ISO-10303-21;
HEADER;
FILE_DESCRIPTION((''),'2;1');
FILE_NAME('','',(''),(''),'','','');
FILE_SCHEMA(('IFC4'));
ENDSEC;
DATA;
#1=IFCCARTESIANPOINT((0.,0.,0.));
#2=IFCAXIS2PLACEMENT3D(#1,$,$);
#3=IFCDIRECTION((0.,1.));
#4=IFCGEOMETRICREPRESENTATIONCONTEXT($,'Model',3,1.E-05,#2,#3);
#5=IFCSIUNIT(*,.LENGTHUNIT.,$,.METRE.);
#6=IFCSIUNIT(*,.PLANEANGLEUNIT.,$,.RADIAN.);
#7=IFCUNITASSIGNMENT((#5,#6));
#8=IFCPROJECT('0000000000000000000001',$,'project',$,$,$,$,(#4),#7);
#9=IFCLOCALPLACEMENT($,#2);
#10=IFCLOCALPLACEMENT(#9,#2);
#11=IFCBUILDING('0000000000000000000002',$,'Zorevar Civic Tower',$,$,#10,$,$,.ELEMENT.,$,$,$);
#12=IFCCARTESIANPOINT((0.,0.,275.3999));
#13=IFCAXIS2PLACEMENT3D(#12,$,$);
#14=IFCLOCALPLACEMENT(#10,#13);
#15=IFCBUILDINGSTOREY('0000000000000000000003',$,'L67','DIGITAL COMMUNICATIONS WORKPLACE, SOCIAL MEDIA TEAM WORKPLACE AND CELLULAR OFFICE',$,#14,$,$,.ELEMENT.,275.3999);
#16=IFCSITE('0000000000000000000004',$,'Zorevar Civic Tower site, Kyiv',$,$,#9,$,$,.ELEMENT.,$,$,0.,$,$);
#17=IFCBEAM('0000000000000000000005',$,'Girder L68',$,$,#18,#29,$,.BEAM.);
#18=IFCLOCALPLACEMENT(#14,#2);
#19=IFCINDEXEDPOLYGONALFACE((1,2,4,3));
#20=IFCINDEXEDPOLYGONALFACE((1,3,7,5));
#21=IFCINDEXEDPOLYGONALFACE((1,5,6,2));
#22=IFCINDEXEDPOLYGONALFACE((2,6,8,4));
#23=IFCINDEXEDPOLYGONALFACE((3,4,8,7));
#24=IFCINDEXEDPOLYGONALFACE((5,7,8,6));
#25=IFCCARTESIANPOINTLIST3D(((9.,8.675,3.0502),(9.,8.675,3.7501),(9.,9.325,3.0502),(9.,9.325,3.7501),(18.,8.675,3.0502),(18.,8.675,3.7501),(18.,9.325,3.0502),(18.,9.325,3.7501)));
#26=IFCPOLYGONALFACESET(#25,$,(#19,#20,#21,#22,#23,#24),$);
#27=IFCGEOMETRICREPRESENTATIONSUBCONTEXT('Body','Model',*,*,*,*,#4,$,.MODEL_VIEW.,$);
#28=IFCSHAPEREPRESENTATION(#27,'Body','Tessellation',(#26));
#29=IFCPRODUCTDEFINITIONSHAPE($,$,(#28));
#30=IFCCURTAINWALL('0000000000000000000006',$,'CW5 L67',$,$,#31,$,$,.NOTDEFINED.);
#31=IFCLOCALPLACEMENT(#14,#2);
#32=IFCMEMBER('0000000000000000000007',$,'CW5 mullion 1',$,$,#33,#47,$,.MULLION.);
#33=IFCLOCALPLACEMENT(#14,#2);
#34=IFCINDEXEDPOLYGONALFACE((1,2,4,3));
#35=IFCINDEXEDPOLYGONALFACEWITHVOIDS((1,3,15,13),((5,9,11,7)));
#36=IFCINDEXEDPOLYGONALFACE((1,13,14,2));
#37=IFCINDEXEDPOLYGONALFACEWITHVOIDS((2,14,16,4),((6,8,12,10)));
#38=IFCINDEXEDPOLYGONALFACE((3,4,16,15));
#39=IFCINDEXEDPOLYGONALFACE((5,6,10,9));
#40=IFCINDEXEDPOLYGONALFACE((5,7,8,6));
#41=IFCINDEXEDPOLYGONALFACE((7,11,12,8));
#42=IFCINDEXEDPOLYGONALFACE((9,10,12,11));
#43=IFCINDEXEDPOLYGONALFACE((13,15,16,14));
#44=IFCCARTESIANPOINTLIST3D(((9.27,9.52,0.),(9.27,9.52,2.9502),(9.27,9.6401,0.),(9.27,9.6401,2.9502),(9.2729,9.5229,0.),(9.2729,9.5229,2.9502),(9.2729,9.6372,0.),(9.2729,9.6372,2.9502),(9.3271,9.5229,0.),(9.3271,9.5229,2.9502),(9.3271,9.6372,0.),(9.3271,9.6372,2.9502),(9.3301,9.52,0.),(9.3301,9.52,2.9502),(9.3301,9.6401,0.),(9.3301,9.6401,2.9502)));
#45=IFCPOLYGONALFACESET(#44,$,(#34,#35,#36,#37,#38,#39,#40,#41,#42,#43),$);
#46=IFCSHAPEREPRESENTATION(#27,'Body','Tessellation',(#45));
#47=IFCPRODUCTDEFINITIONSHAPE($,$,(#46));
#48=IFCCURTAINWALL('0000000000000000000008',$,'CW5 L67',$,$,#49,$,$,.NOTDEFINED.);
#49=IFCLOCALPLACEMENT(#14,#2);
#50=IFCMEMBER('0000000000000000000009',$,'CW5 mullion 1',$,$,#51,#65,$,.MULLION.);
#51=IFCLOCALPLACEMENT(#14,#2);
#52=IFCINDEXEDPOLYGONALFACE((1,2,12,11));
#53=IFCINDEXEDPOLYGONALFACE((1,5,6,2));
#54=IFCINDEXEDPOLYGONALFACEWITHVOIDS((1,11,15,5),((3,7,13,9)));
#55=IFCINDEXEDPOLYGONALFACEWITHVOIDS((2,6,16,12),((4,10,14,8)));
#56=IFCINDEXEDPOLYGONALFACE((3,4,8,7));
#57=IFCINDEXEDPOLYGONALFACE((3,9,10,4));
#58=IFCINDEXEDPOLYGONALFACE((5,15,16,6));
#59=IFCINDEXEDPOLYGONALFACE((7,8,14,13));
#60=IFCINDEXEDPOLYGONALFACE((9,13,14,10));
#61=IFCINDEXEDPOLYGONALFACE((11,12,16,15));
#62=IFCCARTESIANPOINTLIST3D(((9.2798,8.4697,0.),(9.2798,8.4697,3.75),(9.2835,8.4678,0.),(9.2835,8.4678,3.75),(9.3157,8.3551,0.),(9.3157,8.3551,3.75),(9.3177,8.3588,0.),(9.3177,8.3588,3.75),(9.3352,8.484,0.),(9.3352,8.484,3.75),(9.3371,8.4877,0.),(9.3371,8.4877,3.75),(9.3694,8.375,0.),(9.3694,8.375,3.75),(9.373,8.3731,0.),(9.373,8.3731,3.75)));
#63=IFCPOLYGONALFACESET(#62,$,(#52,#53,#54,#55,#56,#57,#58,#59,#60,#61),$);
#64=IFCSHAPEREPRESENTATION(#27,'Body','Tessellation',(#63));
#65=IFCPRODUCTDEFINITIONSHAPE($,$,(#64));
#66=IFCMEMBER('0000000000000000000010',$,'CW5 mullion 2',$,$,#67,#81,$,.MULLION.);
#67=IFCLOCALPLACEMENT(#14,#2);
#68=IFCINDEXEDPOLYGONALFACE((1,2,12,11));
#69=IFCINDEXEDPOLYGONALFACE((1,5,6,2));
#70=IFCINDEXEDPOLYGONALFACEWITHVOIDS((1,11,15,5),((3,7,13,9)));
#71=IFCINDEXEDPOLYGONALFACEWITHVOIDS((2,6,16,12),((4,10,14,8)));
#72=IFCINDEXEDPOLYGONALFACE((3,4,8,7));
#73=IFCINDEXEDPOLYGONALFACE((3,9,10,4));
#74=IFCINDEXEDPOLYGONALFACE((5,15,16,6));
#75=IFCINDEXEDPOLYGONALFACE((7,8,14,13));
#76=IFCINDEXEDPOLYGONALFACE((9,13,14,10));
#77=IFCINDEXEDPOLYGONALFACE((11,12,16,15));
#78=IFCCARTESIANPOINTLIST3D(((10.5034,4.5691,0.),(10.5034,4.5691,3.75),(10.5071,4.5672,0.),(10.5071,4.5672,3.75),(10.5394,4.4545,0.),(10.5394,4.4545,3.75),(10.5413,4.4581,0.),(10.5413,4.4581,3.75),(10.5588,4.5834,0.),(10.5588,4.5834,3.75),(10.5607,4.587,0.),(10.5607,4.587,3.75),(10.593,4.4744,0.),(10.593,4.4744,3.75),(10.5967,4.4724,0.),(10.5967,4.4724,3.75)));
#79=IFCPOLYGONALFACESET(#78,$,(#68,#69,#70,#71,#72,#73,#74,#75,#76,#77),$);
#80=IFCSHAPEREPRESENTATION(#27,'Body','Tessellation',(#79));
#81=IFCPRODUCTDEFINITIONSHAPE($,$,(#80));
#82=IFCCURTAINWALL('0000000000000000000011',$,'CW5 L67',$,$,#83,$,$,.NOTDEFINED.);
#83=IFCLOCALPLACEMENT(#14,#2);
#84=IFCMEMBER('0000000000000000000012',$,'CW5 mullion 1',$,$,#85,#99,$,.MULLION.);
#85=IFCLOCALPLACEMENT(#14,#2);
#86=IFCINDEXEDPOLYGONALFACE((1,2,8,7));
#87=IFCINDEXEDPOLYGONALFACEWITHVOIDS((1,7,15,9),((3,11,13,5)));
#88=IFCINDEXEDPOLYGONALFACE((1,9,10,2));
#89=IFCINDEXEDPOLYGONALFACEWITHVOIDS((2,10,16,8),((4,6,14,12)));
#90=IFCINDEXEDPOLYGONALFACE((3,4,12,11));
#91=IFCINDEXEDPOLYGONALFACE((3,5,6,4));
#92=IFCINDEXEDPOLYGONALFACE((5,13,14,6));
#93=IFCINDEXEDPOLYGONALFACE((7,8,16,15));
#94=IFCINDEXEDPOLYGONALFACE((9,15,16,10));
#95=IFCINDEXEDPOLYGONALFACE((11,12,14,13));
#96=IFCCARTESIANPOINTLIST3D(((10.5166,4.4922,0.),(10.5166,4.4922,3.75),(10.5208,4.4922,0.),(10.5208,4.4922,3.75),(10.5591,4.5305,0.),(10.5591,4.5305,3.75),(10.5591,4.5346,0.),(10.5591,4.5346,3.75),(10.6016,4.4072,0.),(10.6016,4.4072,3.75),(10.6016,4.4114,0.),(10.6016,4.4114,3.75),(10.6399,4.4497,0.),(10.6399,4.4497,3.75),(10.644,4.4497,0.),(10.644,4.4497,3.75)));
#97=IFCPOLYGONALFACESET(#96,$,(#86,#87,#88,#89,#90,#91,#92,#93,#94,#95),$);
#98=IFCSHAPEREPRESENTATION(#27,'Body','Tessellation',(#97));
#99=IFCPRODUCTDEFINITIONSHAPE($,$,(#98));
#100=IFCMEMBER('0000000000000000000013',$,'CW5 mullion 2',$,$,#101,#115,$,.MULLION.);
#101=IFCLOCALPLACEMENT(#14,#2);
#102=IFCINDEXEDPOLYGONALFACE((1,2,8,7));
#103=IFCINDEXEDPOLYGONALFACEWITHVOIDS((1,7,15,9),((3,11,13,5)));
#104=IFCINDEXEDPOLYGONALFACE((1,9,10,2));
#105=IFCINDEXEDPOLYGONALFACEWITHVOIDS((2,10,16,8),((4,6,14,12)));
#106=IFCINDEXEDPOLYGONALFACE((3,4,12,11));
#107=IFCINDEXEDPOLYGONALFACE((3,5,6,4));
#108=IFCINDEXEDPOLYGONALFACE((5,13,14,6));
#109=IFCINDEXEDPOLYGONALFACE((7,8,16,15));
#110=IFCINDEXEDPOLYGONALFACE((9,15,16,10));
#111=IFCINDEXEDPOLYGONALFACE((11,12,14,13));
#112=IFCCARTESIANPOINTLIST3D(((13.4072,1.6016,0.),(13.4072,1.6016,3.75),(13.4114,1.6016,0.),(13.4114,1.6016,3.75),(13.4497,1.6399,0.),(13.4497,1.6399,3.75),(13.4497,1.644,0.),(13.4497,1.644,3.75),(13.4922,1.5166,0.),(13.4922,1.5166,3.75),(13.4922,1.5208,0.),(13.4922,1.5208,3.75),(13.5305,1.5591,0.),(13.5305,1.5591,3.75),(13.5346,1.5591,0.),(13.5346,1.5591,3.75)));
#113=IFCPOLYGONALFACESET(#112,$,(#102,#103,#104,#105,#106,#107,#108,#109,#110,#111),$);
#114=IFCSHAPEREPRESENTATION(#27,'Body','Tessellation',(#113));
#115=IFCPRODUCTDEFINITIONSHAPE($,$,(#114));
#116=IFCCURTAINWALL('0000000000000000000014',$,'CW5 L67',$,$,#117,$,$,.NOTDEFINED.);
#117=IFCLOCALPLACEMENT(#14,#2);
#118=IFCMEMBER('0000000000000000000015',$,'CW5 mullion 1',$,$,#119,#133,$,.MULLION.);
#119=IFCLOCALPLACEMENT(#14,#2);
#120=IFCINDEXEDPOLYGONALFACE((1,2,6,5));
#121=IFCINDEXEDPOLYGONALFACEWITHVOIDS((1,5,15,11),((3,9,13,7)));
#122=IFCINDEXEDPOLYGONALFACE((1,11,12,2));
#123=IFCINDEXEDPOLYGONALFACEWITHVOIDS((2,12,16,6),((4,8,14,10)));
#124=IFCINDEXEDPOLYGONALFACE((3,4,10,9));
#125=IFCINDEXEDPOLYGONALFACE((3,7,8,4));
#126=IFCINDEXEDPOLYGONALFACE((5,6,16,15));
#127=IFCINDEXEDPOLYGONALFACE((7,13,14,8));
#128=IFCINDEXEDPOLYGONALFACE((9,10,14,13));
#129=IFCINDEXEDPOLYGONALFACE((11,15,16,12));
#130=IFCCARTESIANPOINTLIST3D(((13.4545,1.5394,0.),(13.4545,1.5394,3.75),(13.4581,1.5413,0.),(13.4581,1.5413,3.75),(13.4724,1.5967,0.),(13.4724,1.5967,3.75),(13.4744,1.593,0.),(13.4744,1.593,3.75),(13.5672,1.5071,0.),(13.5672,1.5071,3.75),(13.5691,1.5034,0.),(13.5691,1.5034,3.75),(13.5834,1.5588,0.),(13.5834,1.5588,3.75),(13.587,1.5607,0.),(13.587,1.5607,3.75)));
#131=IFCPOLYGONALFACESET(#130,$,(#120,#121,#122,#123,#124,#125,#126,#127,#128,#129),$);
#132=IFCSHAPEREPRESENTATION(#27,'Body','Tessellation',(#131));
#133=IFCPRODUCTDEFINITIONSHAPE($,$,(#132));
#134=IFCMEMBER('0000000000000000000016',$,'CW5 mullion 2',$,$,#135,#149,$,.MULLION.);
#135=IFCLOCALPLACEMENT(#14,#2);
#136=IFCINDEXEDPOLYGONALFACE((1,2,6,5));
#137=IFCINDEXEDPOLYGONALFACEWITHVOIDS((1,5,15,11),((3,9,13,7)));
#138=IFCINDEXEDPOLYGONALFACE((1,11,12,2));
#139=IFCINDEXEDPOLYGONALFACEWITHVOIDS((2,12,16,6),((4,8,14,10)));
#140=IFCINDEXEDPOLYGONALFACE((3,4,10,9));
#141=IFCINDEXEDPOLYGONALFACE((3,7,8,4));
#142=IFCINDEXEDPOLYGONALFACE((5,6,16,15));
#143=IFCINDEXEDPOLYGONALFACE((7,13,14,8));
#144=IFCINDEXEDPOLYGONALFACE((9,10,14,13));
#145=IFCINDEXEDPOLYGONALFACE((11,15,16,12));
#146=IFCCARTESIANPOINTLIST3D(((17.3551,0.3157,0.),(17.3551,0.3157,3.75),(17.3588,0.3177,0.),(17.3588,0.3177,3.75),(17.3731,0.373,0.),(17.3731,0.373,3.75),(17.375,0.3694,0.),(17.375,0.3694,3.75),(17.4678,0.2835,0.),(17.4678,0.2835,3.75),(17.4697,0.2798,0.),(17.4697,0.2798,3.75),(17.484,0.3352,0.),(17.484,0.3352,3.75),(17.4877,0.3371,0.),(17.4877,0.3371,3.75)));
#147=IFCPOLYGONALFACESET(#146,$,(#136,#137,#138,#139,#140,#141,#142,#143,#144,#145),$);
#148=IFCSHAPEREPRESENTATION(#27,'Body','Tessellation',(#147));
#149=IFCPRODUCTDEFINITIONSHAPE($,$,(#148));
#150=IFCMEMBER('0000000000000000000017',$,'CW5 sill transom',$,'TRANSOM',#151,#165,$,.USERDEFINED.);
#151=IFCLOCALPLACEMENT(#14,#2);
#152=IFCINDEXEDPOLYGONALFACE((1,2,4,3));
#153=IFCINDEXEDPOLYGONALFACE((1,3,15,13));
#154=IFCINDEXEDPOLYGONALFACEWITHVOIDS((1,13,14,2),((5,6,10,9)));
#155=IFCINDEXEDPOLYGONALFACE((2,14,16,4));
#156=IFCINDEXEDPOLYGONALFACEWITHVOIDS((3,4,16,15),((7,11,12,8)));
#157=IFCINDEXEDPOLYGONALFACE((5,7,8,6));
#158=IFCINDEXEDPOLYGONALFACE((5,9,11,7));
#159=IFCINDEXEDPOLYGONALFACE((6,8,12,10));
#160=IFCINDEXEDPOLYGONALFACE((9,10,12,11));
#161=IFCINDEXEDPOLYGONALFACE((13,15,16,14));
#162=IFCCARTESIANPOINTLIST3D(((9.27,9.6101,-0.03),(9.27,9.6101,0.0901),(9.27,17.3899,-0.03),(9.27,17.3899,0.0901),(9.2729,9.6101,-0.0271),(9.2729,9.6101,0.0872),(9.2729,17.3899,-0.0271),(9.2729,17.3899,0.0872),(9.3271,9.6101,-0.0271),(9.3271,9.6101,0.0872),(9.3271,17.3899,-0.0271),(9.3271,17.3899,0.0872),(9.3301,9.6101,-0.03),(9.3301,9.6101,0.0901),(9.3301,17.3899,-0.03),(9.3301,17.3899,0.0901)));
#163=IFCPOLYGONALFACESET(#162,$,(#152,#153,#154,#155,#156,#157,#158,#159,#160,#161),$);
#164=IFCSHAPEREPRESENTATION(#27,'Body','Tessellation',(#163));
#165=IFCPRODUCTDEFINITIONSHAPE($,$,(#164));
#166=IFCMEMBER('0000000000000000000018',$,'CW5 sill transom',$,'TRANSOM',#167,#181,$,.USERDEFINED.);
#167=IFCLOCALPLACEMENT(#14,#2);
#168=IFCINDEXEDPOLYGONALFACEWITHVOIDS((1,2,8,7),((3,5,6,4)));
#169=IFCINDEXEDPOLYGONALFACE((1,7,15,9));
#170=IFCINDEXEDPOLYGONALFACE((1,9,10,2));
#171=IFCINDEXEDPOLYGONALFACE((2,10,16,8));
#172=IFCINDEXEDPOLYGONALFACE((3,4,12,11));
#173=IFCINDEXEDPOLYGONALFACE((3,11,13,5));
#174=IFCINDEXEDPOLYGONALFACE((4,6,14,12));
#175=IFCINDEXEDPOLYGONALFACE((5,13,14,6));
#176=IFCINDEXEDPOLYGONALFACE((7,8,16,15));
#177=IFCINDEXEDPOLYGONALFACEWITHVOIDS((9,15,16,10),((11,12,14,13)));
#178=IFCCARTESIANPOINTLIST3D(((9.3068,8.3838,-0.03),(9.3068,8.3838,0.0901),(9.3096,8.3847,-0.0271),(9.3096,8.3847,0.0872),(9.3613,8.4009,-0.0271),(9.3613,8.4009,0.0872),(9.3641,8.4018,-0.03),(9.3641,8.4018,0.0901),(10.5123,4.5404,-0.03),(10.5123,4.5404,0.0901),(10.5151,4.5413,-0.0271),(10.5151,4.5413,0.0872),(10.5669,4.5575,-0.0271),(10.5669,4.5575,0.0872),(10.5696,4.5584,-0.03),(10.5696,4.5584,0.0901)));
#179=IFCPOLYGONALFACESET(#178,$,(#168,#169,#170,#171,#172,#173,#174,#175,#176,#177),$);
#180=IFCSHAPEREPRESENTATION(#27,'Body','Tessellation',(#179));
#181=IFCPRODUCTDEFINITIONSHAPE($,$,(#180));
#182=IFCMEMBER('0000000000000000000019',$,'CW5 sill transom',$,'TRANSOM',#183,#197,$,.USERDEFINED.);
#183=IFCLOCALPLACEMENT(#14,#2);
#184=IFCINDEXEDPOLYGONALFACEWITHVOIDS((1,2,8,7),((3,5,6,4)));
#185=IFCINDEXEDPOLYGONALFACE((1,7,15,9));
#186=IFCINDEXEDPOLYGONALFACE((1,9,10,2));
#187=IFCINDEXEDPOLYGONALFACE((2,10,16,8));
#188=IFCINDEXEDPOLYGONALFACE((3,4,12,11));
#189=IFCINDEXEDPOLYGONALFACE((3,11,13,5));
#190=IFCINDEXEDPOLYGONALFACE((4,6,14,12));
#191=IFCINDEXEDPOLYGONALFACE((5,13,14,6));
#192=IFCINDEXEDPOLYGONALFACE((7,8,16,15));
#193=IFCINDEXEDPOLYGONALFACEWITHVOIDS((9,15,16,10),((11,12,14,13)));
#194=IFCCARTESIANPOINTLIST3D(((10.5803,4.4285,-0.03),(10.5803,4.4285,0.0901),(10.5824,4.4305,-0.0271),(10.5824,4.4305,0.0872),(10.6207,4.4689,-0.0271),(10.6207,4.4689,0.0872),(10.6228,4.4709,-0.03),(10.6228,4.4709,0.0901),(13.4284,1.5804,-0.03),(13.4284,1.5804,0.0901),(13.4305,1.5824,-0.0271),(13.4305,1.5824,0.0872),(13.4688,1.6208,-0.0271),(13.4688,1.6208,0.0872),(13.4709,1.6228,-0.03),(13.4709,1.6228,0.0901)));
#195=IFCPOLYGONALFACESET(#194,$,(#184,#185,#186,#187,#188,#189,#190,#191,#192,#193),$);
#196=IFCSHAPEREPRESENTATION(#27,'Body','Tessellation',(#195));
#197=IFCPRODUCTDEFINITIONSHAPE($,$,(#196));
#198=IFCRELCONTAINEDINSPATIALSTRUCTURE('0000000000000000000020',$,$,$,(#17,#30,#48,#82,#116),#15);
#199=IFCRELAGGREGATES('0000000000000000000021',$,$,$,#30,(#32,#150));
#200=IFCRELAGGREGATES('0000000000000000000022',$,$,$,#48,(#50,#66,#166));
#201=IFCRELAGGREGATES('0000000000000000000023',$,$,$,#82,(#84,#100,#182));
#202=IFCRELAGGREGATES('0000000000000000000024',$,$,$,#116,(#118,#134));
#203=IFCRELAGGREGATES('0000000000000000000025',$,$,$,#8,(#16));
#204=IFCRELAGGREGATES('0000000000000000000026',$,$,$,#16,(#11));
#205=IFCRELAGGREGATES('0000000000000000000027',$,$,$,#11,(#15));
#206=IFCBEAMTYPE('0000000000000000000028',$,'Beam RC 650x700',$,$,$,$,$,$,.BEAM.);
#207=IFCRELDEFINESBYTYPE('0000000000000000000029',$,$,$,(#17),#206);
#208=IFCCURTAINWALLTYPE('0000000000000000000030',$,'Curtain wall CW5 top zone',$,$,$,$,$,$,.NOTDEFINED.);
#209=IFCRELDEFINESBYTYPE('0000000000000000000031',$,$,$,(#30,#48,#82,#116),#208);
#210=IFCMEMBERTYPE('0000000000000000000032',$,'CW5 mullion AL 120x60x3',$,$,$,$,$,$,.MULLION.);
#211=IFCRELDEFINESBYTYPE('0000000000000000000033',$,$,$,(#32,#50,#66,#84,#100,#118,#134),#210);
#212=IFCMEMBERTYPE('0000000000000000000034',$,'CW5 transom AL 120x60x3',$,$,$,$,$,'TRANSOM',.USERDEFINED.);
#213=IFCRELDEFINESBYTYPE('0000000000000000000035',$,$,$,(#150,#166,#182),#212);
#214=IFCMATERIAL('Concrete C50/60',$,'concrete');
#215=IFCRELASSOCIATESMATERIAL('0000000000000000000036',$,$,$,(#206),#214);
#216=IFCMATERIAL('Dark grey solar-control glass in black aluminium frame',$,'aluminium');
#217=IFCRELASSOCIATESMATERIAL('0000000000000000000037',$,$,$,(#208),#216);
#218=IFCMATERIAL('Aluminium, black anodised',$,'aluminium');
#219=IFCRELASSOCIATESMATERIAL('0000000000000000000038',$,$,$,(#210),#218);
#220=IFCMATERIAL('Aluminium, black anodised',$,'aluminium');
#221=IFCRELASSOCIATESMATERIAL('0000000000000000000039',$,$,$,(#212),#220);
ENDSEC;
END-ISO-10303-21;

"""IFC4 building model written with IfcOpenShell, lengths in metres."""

from ifc_helpers import new_model, si_unit, direction, frame, origin, origin_2d, place, context, subcontext, project, spatial, rectangle, hollow_rectangle, extrude, material, material_profile, profile_set, type_object, element, aggregate, save


model = new_model("IFC4")

# Units and contexts
model_context = context("Model", 3, precision=1e-05, world=origin(), true_north=direction((0.0, 1.0)))
body_context = subcontext(model_context, "Body", "Model", "MODEL_VIEW")
ifc_project = project(units=[si_unit("LENGTHUNIT", "METRE"), si_unit("PLANEANGLEUNIT", "RADIAN")], contexts=[model_context])

# Site, building, storey
site_placement = place(None, origin())
site = spatial("IfcSite", under=ifc_project, at=site_placement, Name="Zorevar Civic Tower site, Kyiv", CompositionType="ELEMENT", RefElevation=0.0)
building_placement = place(site_placement, origin())
building = spatial("IfcBuilding", under=site, at=building_placement, Name="Zorevar Civic Tower", CompositionType="ELEMENT")
storey_placement = place(building_placement, frame((0.0, 0.0, 275.3999)))
storey = spatial("IfcBuildingStorey", under=building, at=storey_placement, Name="L67", Description="DIGITAL COMMUNICATIONS WORKPLACE, SOCIAL MEDIA TEAM WORKPLACE AND CELLULAR OFFICE", CompositionType="ELEMENT", Elevation=275.3999)

# Beam
ifc_material_1 = material(Name="Concrete C50/60", Category="concrete")
ifc_material_profile_1 = material_profile(ifc_material_1, rectangle(XDim=0.6499, YDim=0.7, at=origin_2d()), Name="RC 650x700")
ifc_profile_set_1 = profile_set([ifc_material_profile_1], Name="Concrete C50/60")
beam_type_1 = type_object("IfcBeamType", Name="Beam RC 650x700", PredefinedType="BEAM", material=ifc_profile_set_1)
beam_1_placement = place(storey_placement, frame((9.0, 9.0, 3.4001), z_axis=(1.0, 0.0, 0.0), x_axis=(0.0, 1.0, 0.0)))
element("IfcBeam", 1, at=beam_1_placement, inside=storey, type_object=beam_type_1, Name="Girder L68", PredefinedType="BEAM", context=body_context, shape_type="SweptSolid", body=[
    extrude(rectangle(XDim=0.6499, YDim=0.7, at=origin_2d()), origin(), (0.0, 0.0, 1.0), 9.0),
])

# Curtain wall, member
ifc_material_2 = material(Name="Dark grey solar-control glass in black aluminium frame", Category="aluminium")
curtain_wall_type = type_object("IfcCurtainWallType", Name="Curtain wall CW5 top zone", PredefinedType="NOTDEFINED", material=ifc_material_2)
curtain_wall_1_placement = place(storey_placement, origin())
curtain_wall_1 = element("IfcCurtainWall", 2, at=curtain_wall_1_placement, inside=storey, type_object=curtain_wall_type, Name="CW5 L67", PredefinedType="NOTDEFINED")
ifc_material_3 = material(Name="Aluminium, black anodised", Category="aluminium")
ifc_material_profile_2 = material_profile(ifc_material_3, hollow_rectangle(XDim=0.0601, YDim=0.1201, WallThickness=0.0029, at=origin_2d()), Name="AL 120x60x3")
ifc_profile_set_2 = profile_set([ifc_material_profile_2], Name="Aluminium, black anodised")
member_type_1 = type_object("IfcMemberType", Name="CW5 mullion AL 120x60x3", PredefinedType="MULLION", material=ifc_profile_set_2)
member_1_placement = place(storey_placement, frame((9.3, 9.5801, 0.0), z_axis=(0.0, 0.0, 1.0), x_axis=(-1.0, 0.0, 0.0)))
member_1 = element("IfcMember", 3, at=member_1_placement, type_object=member_type_1, Name="CW5 mullion 1", PredefinedType="MULLION", context=body_context, shape_type="SweptSolid", body=[
    extrude(hollow_rectangle(XDim=0.0601, YDim=0.1201, WallThickness=0.0029, at=origin_2d()), origin(), (0.0, 0.0, 1.0), 2.9502),
])

# Curtain walls, members
curtain_wall_2_placement = place(storey_placement, origin())
curtain_wall_2 = element("IfcCurtainWall", 4, at=curtain_wall_2_placement, inside=storey, type_object=curtain_wall_type, Name="CW5 L67", PredefinedType="NOTDEFINED")
member_2_placement = place(storey_placement, frame((9.3264, 8.4214, 0.0), z_axis=(0.0, 0.0, 1.0), x_axis=(0.954153, 0.299318, 0.0)))
member_2 = element("IfcMember", 5, at=member_2_placement, type_object=member_type_1, Name="CW5 mullion 1", PredefinedType="MULLION", context=body_context, shape_type="SweptSolid", body=[
    extrude(hollow_rectangle(XDim=0.0601, YDim=0.1201, WallThickness=0.0029, at=origin_2d()), origin(), (0.0, 0.0, 1.0), 3.75),
])
member_3_placement = place(storey_placement, frame((10.55, 4.5208, 0.0), z_axis=(0.0, 0.0, 1.0), x_axis=(0.954153, 0.299318, 0.0)))
member_3 = element("IfcMember", 6, at=member_3_placement, type_object=member_type_1, Name="CW5 mullion 2", PredefinedType="MULLION", context=body_context, shape_type="SweptSolid", body=[
    extrude(hollow_rectangle(XDim=0.0601, YDim=0.1201, WallThickness=0.0029, at=origin_2d()), origin(), (0.0, 0.0, 1.0), 3.75),
])
curtain_wall_3_placement = place(storey_placement, origin())
curtain_wall_3 = element("IfcCurtainWall", 7, at=curtain_wall_3_placement, inside=storey, type_object=curtain_wall_type, Name="CW5 L67", PredefinedType="NOTDEFINED")
member_4_placement = place(storey_placement, frame((10.5803, 4.4709, 0.0), z_axis=(0.0, 0.0, 1.0), x_axis=(0.707107, 0.707107, 0.0)))
member_4 = element("IfcMember", 8, at=member_4_placement, type_object=member_type_1, Name="CW5 mullion 1", PredefinedType="MULLION", context=body_context, shape_type="SweptSolid", body=[
    extrude(hollow_rectangle(XDim=0.0601, YDim=0.1201, WallThickness=0.0029, at=origin_2d()), origin(), (0.0, 0.0, 1.0), 3.75),
])
member_5_placement = place(storey_placement, frame((13.4709, 1.5803, 0.0), z_axis=(0.0, 0.0, 1.0), x_axis=(0.707107, 0.707107, 0.0)))
member_5 = element("IfcMember", 9, at=member_5_placement, type_object=member_type_1, Name="CW5 mullion 2", PredefinedType="MULLION", context=body_context, shape_type="SweptSolid", body=[
    extrude(hollow_rectangle(XDim=0.0601, YDim=0.1201, WallThickness=0.0029, at=origin_2d()), origin(), (0.0, 0.0, 1.0), 3.75),
])
curtain_wall_4_placement = place(storey_placement, origin())
curtain_wall_4 = element("IfcCurtainWall", 10, at=curtain_wall_4_placement, inside=storey, type_object=curtain_wall_type, Name="CW5 L67", PredefinedType="NOTDEFINED")
member_6_placement = place(storey_placement, frame((13.5208, 1.55, 0.0), z_axis=(0.0, 0.0, 1.0), x_axis=(0.299318, 0.954153, 0.0)))
member_6 = element("IfcMember", 11, at=member_6_placement, type_object=member_type_1, Name="CW5 mullion 1", PredefinedType="MULLION", context=body_context, shape_type="SweptSolid", body=[
    extrude(hollow_rectangle(XDim=0.0601, YDim=0.1201, WallThickness=0.0029, at=origin_2d()), origin(), (0.0, 0.0, 1.0), 3.75),
])
member_7_placement = place(storey_placement, frame((17.4214, 0.3264, 0.0), z_axis=(0.0, 0.0, 1.0), x_axis=(0.299318, 0.954153, 0.0)))
member_7 = element("IfcMember", 12, at=member_7_placement, type_object=member_type_1, Name="CW5 mullion 2", PredefinedType="MULLION", context=body_context, shape_type="SweptSolid", body=[
    extrude(hollow_rectangle(XDim=0.0601, YDim=0.1201, WallThickness=0.0029, at=origin_2d()), origin(), (0.0, 0.0, 1.0), 3.75),
])

# Members
ifc_material_4 = material(Name="Aluminium, black anodised", Category="aluminium")
ifc_material_profile_3 = material_profile(ifc_material_4, hollow_rectangle(XDim=0.0601, YDim=0.1201, WallThickness=0.0029, at=origin_2d()), Name="AL 120x60x3")
ifc_profile_set_3 = profile_set([ifc_material_profile_3], Name="Aluminium, black anodised")
member_type_2 = type_object("IfcMemberType", Name="CW5 transom AL 120x60x3", ElementType="TRANSOM", PredefinedType="USERDEFINED", material=ifc_profile_set_3)
member_8_placement = place(storey_placement, frame((9.3, 9.6101, 0.03), z_axis=(0.0, 1.0, 0.0), x_axis=(-1.0, 0.0, 0.0)))
member_8 = element("IfcMember", 13, at=member_8_placement, type_object=member_type_2, Name="CW5 sill transom", ObjectType="TRANSOM", PredefinedType="USERDEFINED", context=body_context, shape_type="SweptSolid", body=[
    extrude(hollow_rectangle(XDim=0.0601, YDim=0.1201, WallThickness=0.0029, at=origin_2d()), origin(), (0.0, 0.0, 1.0), 7.7798),
])
aggregate(curtain_wall_1, [member_1, member_8])
member_9_placement = place(storey_placement, frame((9.3354, 8.3928, 0.03), z_axis=(0.299286, -0.954163, 0.0), x_axis=(0.954163, 0.299286, 0.0)))
member_9 = element("IfcMember", 14, at=member_9_placement, type_object=member_type_2, Name="CW5 sill transom", ObjectType="TRANSOM", PredefinedType="USERDEFINED", context=body_context, shape_type="SweptSolid", body=[
    extrude(hollow_rectangle(XDim=0.0601, YDim=0.1201, WallThickness=0.0029, at=origin_2d()), origin(), (0.0, 0.0, 1.0), 4.0281),
])
member_10_placement = place(storey_placement, frame((10.6016, 4.4497, 0.03), z_axis=(0.707107, -0.707107, 0.0), x_axis=(0.707107, 0.707107, 0.0)))
member_10 = element("IfcMember", 15, at=member_10_placement, type_object=member_type_2, Name="CW5 sill transom", ObjectType="TRANSOM", PredefinedType="USERDEFINED", context=body_context, shape_type="SweptSolid", body=[
    extrude(hollow_rectangle(XDim=0.0601, YDim=0.1201, WallThickness=0.0029, at=origin_2d()), origin(), (0.0, 0.0, 1.0), 4.0278),
])

aggregate(curtain_wall_2, [member_2, member_3, member_9])
aggregate(curtain_wall_3, [member_4, member_5, member_10])
aggregate(curtain_wall_4, [member_6, member_7])

save(model, "model.ifc")
